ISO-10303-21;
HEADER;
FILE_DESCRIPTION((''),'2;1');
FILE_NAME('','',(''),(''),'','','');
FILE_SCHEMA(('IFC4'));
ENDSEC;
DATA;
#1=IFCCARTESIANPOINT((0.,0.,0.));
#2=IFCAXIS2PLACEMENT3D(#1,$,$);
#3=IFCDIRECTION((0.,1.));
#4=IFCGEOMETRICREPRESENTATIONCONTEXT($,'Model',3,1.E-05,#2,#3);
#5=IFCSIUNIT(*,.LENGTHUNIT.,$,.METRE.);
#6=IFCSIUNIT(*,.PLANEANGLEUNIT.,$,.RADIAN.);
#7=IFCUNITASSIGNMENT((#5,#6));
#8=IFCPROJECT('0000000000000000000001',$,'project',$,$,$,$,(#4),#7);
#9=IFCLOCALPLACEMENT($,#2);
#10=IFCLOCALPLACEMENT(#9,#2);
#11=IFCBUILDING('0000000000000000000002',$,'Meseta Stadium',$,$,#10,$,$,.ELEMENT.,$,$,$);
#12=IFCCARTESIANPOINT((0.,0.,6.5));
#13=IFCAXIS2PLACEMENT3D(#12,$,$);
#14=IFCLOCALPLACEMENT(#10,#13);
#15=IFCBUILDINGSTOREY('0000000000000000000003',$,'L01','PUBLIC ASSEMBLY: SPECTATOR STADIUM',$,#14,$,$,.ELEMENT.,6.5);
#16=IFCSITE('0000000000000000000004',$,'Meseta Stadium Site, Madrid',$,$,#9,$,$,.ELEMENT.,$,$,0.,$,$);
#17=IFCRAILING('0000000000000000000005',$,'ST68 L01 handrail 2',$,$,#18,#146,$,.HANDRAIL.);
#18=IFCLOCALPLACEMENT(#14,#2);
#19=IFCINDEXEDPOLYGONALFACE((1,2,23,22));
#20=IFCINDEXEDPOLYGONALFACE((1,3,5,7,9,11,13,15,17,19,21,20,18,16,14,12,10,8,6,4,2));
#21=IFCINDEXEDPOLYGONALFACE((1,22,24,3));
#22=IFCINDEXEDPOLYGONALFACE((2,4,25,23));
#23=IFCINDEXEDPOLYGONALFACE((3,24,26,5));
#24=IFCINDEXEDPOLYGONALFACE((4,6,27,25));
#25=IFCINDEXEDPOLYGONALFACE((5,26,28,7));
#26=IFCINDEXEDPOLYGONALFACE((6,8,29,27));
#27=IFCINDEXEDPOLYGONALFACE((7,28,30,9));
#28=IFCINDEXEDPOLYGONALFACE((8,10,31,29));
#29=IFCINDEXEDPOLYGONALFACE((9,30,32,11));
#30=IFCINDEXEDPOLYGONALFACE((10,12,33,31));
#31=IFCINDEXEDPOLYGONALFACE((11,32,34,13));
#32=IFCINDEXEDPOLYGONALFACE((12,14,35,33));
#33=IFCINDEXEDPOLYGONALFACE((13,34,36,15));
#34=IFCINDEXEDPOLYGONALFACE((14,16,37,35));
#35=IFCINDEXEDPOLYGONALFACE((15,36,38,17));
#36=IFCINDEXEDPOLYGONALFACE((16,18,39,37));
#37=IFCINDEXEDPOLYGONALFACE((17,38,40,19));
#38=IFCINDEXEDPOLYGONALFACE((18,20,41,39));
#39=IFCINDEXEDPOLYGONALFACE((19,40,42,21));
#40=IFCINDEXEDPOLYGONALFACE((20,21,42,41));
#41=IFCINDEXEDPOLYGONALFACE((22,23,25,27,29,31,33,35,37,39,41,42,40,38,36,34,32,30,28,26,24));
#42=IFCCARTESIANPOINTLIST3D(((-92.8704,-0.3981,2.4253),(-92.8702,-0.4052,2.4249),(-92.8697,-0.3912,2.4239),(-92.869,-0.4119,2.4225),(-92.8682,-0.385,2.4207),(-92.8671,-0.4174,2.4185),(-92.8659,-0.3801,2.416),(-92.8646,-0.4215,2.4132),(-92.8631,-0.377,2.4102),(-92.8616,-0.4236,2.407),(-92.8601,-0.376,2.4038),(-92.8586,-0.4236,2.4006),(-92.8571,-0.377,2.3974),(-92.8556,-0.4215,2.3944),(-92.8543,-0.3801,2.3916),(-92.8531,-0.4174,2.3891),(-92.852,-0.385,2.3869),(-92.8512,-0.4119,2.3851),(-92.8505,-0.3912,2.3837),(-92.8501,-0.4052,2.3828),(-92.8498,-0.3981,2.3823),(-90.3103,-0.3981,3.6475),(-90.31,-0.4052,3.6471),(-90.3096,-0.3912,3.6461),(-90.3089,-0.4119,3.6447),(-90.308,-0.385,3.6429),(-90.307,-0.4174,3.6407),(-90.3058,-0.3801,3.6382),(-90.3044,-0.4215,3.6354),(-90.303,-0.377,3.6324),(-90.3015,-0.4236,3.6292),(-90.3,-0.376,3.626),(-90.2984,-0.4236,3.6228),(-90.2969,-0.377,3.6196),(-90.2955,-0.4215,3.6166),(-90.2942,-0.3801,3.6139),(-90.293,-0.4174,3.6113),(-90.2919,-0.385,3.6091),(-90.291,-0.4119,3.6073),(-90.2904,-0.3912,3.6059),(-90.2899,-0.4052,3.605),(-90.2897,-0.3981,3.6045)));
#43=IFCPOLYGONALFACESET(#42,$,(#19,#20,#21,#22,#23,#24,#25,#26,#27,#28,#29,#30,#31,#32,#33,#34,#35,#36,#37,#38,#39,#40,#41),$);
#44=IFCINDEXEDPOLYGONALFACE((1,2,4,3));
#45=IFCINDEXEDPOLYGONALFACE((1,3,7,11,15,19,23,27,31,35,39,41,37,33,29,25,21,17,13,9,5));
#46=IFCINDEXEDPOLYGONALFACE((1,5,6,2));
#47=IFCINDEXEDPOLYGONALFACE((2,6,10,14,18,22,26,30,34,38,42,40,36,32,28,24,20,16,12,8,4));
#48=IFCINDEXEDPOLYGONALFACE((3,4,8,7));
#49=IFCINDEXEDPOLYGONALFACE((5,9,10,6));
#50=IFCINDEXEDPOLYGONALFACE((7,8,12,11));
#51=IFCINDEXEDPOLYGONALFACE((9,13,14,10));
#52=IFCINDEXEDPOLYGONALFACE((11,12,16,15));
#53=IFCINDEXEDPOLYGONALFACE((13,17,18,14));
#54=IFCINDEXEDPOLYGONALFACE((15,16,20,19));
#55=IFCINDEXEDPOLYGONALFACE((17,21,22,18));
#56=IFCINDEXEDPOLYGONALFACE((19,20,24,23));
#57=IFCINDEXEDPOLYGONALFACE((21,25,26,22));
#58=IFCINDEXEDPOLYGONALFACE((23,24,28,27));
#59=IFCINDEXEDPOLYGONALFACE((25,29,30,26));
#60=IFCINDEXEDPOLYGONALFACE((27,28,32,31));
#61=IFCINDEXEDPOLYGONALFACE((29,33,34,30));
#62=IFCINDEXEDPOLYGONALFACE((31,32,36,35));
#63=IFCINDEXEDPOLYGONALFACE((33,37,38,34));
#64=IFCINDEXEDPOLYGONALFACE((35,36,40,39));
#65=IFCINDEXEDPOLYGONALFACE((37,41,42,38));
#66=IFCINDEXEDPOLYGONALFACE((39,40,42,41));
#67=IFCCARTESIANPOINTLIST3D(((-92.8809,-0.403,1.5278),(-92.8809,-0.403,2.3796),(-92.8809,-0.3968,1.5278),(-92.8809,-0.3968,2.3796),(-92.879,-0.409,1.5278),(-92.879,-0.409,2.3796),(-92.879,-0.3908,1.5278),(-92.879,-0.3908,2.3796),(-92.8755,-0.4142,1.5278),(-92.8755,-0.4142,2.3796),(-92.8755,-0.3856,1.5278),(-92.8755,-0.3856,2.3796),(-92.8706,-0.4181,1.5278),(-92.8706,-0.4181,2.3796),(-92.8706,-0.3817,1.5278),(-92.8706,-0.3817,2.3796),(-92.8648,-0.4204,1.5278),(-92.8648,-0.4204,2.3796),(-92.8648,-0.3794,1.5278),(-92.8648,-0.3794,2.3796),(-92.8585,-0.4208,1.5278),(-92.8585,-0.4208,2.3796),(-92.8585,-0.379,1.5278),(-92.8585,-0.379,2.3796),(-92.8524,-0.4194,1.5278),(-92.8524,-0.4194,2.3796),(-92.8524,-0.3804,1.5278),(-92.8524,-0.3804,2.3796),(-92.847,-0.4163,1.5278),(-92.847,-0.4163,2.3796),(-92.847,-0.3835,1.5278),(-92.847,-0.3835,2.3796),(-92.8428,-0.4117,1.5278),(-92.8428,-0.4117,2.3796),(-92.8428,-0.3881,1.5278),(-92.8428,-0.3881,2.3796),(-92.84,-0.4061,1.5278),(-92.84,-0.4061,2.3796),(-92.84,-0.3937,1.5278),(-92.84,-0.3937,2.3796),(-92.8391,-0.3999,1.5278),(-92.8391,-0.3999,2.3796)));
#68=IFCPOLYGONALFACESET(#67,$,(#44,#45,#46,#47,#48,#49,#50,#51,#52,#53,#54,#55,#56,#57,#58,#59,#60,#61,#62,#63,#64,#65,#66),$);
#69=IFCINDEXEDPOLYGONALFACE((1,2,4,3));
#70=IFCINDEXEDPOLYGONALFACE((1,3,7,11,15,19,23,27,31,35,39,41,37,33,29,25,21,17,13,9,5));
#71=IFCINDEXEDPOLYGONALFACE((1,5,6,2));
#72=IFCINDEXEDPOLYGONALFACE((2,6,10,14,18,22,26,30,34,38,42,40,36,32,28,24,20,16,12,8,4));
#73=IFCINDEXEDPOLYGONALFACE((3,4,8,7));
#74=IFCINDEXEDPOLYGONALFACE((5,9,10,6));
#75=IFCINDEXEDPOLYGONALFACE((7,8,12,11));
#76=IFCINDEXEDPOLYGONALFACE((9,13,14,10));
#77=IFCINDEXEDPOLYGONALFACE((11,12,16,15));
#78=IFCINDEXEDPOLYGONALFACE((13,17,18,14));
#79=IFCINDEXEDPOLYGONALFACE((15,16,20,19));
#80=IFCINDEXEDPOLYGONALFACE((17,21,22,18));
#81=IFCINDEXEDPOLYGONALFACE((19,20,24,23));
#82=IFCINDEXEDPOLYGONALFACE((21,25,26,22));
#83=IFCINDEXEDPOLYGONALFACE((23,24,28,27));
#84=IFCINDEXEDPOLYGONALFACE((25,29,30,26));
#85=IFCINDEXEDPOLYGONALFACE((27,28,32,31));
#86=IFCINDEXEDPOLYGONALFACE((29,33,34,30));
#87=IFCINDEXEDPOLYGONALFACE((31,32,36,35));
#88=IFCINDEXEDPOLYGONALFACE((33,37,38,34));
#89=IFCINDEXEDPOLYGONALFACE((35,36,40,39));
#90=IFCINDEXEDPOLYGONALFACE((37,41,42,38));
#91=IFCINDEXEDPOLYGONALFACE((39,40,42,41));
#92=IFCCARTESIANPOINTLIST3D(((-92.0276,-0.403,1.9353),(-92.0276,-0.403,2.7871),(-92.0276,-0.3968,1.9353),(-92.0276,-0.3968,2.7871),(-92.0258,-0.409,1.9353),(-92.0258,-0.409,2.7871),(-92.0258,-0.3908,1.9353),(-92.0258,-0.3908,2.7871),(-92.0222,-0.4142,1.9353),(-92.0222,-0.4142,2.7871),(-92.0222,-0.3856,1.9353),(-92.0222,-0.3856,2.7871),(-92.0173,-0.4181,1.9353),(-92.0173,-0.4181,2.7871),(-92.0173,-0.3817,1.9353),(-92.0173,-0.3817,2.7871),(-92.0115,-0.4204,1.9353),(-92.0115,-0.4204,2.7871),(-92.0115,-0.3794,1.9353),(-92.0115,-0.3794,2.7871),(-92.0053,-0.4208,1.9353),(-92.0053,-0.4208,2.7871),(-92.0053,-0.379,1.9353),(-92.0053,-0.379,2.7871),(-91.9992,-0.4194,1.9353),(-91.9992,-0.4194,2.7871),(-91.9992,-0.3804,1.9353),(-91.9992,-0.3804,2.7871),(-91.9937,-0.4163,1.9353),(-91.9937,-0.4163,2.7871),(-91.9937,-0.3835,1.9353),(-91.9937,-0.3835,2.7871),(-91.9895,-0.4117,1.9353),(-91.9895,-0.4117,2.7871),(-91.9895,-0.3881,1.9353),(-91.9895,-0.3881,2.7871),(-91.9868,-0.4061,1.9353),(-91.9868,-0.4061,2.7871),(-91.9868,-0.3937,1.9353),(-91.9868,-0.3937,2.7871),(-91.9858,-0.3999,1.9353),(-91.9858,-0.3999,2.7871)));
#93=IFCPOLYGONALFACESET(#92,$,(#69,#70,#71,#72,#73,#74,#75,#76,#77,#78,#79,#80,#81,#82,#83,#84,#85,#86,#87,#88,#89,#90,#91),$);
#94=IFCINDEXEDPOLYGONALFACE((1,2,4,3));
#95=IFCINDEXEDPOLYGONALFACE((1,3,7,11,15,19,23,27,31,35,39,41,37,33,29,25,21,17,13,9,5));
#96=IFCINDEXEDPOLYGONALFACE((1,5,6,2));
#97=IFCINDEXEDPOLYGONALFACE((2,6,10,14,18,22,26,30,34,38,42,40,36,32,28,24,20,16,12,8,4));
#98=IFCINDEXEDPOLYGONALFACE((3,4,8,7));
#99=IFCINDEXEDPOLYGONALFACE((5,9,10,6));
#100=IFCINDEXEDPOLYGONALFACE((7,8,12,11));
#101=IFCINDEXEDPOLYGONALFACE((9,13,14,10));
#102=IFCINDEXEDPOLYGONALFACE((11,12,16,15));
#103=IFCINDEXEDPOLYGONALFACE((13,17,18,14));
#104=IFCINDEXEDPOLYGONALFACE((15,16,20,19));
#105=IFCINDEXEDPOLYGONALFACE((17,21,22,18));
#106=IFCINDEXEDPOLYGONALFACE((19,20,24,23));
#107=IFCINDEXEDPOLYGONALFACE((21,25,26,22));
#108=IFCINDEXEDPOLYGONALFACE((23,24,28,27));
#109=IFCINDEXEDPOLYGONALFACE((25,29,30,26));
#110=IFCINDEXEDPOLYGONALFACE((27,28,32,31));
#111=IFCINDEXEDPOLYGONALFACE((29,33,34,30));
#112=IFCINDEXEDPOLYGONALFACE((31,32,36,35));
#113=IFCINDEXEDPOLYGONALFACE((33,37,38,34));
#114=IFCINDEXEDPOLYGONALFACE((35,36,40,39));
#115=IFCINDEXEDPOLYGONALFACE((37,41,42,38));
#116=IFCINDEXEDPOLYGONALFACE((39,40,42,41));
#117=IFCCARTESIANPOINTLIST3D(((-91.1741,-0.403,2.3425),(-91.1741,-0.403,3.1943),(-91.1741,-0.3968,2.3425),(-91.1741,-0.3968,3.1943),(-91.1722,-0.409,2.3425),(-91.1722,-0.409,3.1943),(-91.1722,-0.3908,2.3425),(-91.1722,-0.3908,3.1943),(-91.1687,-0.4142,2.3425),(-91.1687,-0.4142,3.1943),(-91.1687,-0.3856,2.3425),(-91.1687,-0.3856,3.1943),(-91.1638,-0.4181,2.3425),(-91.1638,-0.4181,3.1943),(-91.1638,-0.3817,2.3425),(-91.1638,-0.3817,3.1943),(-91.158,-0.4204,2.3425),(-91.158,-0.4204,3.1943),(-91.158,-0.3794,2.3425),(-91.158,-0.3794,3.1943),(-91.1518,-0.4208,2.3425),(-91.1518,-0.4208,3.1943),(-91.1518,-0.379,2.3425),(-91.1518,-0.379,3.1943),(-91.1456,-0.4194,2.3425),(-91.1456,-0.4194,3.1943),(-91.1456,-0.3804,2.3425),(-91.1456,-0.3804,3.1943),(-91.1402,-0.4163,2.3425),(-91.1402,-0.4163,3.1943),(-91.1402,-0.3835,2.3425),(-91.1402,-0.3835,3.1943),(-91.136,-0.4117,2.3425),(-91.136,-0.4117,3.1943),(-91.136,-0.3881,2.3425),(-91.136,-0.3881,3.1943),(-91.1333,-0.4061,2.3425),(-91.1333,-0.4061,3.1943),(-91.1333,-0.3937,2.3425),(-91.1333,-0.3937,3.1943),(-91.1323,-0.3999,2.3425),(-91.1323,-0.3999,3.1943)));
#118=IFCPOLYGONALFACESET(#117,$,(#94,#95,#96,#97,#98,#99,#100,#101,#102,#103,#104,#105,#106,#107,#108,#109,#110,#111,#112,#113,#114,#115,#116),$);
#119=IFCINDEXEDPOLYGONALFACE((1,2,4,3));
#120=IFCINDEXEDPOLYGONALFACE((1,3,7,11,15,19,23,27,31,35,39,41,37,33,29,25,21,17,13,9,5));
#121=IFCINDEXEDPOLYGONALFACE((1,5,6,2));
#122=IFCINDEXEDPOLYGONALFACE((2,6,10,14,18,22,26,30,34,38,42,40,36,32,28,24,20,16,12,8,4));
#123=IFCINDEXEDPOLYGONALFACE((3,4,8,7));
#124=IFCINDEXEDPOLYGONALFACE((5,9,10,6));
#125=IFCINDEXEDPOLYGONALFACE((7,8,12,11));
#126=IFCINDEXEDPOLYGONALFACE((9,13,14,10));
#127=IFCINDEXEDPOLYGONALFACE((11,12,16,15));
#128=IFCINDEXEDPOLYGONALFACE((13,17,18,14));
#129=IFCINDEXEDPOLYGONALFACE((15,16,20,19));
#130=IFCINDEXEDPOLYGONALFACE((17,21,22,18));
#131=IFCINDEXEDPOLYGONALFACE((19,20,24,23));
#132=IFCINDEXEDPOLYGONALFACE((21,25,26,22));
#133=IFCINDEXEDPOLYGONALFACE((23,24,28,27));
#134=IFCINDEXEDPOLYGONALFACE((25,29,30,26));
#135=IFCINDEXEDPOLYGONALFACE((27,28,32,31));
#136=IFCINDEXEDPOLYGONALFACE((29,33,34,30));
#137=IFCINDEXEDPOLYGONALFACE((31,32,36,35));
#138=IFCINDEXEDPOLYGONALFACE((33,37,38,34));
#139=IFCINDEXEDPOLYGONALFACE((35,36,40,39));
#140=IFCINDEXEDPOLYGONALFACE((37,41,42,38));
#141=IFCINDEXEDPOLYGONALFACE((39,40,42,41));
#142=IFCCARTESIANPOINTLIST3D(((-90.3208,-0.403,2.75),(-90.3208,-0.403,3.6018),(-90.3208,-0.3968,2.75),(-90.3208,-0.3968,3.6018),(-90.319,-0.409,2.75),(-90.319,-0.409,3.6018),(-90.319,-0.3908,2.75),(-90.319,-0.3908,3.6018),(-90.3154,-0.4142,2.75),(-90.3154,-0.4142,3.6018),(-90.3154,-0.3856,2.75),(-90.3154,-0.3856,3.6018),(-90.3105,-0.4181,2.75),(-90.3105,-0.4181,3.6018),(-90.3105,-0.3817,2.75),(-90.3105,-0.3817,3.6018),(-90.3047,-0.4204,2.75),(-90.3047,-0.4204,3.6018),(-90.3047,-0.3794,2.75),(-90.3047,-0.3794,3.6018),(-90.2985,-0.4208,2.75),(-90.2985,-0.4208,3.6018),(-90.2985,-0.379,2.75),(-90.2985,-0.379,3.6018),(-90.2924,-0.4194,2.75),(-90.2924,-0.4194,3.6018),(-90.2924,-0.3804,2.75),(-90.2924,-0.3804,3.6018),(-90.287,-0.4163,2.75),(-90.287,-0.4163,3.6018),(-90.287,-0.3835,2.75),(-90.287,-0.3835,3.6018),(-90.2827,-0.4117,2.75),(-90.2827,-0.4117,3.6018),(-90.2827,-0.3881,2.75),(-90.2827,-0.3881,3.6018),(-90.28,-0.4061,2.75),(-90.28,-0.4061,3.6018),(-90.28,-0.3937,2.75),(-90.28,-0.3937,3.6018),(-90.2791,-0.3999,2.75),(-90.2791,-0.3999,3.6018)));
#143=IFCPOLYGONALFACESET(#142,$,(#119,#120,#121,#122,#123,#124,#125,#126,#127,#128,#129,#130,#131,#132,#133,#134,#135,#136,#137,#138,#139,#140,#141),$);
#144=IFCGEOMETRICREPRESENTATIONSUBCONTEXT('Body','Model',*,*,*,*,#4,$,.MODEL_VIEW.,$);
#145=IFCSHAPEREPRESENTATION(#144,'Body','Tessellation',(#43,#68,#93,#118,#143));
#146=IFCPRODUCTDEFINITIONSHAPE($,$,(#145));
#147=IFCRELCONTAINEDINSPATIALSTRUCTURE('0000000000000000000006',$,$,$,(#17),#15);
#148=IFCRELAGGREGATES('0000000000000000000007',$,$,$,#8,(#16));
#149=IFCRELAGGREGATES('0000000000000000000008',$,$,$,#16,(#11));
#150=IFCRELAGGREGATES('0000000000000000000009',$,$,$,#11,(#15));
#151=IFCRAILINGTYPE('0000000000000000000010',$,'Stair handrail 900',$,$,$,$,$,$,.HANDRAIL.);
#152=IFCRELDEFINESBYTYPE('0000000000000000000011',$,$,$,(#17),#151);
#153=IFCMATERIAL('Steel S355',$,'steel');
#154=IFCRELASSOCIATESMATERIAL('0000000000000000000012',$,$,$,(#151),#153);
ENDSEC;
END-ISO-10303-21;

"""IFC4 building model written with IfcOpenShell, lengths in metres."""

from ifc_helpers import new_model, si_unit, direction, frame, origin, origin_2d, place, context, subcontext, project, spatial, circle, extrude, material, type_object, element, save


model = new_model("IFC4")

# Units and contexts
model_context = context("Model", 3, precision=1e-05, world=origin(), true_north=direction((0.0, 1.0)))
body_context = subcontext(model_context, "Body", "Model", "MODEL_VIEW")
ifc_project = project(units=[si_unit("LENGTHUNIT", "METRE"), si_unit("PLANEANGLEUNIT", "RADIAN")], contexts=[model_context])

# Site, building, storey
site_placement = place(None, origin())
site = spatial("IfcSite", under=ifc_project, at=site_placement, Name="Meseta Stadium Site, Madrid", CompositionType="ELEMENT", RefElevation=0.0)
building_placement = place(site_placement, origin())
building = spatial("IfcBuilding", under=site, at=building_placement, Name="Meseta Stadium", CompositionType="ELEMENT")
storey_placement = place(building_placement, frame((0.0, 0.0, 6.5)))
storey = spatial("IfcBuildingStorey", under=building, at=storey_placement, Name="L01", Description="PUBLIC ASSEMBLY: SPECTATOR STADIUM", CompositionType="ELEMENT", Elevation=6.5)

# Railing
ifc_material_1 = material(Name="Steel S355", Category="steel")
railing_type_1 = type_object("IfcRailingType", Name="Stair handrail 900", PredefinedType="HANDRAIL", material=ifc_material_1)
for number, where, name in (
    (1, (-92.8601, -0.3999, 1.5278), "ST68 L01 handrail 2"),
):
    element("IfcRailing", number, at=place(storey_placement, frame(where)), inside=storey, type_object=railing_type_1, Name=name, PredefinedType="HANDRAIL", context=body_context, shape_type="SweptSolid", body=[
        extrude(circle(Radius=0.0239, at=origin_2d()), frame((0.0, 0.0, 0.876), z_axis=(0.902437, 0.0, 0.430822), x_axis=(0.0, 1.0, 0.0)), (0.0, 0.0, 1.0), 2.8369),
        extrude(circle(Radius=0.021, at=origin_2d()), origin(), (0.0, 0.0, 1.0), 0.8518),
        extrude(circle(Radius=0.021, at=origin_2d()), frame((0.8533, 0.0, 0.4075)), (0.0, 0.0, 1.0), 0.8518),
        extrude(circle(Radius=0.021, at=origin_2d()), frame((1.7068, 0.0, 0.8147)), (0.0, 0.0, 1.0), 0.8518),
        extrude(circle(Radius=0.021, at=origin_2d()), frame((2.5601, 0.0, 1.2222)), (0.0, 0.0, 1.0), 0.8518),
    ])

save(model, "model.ifc")
